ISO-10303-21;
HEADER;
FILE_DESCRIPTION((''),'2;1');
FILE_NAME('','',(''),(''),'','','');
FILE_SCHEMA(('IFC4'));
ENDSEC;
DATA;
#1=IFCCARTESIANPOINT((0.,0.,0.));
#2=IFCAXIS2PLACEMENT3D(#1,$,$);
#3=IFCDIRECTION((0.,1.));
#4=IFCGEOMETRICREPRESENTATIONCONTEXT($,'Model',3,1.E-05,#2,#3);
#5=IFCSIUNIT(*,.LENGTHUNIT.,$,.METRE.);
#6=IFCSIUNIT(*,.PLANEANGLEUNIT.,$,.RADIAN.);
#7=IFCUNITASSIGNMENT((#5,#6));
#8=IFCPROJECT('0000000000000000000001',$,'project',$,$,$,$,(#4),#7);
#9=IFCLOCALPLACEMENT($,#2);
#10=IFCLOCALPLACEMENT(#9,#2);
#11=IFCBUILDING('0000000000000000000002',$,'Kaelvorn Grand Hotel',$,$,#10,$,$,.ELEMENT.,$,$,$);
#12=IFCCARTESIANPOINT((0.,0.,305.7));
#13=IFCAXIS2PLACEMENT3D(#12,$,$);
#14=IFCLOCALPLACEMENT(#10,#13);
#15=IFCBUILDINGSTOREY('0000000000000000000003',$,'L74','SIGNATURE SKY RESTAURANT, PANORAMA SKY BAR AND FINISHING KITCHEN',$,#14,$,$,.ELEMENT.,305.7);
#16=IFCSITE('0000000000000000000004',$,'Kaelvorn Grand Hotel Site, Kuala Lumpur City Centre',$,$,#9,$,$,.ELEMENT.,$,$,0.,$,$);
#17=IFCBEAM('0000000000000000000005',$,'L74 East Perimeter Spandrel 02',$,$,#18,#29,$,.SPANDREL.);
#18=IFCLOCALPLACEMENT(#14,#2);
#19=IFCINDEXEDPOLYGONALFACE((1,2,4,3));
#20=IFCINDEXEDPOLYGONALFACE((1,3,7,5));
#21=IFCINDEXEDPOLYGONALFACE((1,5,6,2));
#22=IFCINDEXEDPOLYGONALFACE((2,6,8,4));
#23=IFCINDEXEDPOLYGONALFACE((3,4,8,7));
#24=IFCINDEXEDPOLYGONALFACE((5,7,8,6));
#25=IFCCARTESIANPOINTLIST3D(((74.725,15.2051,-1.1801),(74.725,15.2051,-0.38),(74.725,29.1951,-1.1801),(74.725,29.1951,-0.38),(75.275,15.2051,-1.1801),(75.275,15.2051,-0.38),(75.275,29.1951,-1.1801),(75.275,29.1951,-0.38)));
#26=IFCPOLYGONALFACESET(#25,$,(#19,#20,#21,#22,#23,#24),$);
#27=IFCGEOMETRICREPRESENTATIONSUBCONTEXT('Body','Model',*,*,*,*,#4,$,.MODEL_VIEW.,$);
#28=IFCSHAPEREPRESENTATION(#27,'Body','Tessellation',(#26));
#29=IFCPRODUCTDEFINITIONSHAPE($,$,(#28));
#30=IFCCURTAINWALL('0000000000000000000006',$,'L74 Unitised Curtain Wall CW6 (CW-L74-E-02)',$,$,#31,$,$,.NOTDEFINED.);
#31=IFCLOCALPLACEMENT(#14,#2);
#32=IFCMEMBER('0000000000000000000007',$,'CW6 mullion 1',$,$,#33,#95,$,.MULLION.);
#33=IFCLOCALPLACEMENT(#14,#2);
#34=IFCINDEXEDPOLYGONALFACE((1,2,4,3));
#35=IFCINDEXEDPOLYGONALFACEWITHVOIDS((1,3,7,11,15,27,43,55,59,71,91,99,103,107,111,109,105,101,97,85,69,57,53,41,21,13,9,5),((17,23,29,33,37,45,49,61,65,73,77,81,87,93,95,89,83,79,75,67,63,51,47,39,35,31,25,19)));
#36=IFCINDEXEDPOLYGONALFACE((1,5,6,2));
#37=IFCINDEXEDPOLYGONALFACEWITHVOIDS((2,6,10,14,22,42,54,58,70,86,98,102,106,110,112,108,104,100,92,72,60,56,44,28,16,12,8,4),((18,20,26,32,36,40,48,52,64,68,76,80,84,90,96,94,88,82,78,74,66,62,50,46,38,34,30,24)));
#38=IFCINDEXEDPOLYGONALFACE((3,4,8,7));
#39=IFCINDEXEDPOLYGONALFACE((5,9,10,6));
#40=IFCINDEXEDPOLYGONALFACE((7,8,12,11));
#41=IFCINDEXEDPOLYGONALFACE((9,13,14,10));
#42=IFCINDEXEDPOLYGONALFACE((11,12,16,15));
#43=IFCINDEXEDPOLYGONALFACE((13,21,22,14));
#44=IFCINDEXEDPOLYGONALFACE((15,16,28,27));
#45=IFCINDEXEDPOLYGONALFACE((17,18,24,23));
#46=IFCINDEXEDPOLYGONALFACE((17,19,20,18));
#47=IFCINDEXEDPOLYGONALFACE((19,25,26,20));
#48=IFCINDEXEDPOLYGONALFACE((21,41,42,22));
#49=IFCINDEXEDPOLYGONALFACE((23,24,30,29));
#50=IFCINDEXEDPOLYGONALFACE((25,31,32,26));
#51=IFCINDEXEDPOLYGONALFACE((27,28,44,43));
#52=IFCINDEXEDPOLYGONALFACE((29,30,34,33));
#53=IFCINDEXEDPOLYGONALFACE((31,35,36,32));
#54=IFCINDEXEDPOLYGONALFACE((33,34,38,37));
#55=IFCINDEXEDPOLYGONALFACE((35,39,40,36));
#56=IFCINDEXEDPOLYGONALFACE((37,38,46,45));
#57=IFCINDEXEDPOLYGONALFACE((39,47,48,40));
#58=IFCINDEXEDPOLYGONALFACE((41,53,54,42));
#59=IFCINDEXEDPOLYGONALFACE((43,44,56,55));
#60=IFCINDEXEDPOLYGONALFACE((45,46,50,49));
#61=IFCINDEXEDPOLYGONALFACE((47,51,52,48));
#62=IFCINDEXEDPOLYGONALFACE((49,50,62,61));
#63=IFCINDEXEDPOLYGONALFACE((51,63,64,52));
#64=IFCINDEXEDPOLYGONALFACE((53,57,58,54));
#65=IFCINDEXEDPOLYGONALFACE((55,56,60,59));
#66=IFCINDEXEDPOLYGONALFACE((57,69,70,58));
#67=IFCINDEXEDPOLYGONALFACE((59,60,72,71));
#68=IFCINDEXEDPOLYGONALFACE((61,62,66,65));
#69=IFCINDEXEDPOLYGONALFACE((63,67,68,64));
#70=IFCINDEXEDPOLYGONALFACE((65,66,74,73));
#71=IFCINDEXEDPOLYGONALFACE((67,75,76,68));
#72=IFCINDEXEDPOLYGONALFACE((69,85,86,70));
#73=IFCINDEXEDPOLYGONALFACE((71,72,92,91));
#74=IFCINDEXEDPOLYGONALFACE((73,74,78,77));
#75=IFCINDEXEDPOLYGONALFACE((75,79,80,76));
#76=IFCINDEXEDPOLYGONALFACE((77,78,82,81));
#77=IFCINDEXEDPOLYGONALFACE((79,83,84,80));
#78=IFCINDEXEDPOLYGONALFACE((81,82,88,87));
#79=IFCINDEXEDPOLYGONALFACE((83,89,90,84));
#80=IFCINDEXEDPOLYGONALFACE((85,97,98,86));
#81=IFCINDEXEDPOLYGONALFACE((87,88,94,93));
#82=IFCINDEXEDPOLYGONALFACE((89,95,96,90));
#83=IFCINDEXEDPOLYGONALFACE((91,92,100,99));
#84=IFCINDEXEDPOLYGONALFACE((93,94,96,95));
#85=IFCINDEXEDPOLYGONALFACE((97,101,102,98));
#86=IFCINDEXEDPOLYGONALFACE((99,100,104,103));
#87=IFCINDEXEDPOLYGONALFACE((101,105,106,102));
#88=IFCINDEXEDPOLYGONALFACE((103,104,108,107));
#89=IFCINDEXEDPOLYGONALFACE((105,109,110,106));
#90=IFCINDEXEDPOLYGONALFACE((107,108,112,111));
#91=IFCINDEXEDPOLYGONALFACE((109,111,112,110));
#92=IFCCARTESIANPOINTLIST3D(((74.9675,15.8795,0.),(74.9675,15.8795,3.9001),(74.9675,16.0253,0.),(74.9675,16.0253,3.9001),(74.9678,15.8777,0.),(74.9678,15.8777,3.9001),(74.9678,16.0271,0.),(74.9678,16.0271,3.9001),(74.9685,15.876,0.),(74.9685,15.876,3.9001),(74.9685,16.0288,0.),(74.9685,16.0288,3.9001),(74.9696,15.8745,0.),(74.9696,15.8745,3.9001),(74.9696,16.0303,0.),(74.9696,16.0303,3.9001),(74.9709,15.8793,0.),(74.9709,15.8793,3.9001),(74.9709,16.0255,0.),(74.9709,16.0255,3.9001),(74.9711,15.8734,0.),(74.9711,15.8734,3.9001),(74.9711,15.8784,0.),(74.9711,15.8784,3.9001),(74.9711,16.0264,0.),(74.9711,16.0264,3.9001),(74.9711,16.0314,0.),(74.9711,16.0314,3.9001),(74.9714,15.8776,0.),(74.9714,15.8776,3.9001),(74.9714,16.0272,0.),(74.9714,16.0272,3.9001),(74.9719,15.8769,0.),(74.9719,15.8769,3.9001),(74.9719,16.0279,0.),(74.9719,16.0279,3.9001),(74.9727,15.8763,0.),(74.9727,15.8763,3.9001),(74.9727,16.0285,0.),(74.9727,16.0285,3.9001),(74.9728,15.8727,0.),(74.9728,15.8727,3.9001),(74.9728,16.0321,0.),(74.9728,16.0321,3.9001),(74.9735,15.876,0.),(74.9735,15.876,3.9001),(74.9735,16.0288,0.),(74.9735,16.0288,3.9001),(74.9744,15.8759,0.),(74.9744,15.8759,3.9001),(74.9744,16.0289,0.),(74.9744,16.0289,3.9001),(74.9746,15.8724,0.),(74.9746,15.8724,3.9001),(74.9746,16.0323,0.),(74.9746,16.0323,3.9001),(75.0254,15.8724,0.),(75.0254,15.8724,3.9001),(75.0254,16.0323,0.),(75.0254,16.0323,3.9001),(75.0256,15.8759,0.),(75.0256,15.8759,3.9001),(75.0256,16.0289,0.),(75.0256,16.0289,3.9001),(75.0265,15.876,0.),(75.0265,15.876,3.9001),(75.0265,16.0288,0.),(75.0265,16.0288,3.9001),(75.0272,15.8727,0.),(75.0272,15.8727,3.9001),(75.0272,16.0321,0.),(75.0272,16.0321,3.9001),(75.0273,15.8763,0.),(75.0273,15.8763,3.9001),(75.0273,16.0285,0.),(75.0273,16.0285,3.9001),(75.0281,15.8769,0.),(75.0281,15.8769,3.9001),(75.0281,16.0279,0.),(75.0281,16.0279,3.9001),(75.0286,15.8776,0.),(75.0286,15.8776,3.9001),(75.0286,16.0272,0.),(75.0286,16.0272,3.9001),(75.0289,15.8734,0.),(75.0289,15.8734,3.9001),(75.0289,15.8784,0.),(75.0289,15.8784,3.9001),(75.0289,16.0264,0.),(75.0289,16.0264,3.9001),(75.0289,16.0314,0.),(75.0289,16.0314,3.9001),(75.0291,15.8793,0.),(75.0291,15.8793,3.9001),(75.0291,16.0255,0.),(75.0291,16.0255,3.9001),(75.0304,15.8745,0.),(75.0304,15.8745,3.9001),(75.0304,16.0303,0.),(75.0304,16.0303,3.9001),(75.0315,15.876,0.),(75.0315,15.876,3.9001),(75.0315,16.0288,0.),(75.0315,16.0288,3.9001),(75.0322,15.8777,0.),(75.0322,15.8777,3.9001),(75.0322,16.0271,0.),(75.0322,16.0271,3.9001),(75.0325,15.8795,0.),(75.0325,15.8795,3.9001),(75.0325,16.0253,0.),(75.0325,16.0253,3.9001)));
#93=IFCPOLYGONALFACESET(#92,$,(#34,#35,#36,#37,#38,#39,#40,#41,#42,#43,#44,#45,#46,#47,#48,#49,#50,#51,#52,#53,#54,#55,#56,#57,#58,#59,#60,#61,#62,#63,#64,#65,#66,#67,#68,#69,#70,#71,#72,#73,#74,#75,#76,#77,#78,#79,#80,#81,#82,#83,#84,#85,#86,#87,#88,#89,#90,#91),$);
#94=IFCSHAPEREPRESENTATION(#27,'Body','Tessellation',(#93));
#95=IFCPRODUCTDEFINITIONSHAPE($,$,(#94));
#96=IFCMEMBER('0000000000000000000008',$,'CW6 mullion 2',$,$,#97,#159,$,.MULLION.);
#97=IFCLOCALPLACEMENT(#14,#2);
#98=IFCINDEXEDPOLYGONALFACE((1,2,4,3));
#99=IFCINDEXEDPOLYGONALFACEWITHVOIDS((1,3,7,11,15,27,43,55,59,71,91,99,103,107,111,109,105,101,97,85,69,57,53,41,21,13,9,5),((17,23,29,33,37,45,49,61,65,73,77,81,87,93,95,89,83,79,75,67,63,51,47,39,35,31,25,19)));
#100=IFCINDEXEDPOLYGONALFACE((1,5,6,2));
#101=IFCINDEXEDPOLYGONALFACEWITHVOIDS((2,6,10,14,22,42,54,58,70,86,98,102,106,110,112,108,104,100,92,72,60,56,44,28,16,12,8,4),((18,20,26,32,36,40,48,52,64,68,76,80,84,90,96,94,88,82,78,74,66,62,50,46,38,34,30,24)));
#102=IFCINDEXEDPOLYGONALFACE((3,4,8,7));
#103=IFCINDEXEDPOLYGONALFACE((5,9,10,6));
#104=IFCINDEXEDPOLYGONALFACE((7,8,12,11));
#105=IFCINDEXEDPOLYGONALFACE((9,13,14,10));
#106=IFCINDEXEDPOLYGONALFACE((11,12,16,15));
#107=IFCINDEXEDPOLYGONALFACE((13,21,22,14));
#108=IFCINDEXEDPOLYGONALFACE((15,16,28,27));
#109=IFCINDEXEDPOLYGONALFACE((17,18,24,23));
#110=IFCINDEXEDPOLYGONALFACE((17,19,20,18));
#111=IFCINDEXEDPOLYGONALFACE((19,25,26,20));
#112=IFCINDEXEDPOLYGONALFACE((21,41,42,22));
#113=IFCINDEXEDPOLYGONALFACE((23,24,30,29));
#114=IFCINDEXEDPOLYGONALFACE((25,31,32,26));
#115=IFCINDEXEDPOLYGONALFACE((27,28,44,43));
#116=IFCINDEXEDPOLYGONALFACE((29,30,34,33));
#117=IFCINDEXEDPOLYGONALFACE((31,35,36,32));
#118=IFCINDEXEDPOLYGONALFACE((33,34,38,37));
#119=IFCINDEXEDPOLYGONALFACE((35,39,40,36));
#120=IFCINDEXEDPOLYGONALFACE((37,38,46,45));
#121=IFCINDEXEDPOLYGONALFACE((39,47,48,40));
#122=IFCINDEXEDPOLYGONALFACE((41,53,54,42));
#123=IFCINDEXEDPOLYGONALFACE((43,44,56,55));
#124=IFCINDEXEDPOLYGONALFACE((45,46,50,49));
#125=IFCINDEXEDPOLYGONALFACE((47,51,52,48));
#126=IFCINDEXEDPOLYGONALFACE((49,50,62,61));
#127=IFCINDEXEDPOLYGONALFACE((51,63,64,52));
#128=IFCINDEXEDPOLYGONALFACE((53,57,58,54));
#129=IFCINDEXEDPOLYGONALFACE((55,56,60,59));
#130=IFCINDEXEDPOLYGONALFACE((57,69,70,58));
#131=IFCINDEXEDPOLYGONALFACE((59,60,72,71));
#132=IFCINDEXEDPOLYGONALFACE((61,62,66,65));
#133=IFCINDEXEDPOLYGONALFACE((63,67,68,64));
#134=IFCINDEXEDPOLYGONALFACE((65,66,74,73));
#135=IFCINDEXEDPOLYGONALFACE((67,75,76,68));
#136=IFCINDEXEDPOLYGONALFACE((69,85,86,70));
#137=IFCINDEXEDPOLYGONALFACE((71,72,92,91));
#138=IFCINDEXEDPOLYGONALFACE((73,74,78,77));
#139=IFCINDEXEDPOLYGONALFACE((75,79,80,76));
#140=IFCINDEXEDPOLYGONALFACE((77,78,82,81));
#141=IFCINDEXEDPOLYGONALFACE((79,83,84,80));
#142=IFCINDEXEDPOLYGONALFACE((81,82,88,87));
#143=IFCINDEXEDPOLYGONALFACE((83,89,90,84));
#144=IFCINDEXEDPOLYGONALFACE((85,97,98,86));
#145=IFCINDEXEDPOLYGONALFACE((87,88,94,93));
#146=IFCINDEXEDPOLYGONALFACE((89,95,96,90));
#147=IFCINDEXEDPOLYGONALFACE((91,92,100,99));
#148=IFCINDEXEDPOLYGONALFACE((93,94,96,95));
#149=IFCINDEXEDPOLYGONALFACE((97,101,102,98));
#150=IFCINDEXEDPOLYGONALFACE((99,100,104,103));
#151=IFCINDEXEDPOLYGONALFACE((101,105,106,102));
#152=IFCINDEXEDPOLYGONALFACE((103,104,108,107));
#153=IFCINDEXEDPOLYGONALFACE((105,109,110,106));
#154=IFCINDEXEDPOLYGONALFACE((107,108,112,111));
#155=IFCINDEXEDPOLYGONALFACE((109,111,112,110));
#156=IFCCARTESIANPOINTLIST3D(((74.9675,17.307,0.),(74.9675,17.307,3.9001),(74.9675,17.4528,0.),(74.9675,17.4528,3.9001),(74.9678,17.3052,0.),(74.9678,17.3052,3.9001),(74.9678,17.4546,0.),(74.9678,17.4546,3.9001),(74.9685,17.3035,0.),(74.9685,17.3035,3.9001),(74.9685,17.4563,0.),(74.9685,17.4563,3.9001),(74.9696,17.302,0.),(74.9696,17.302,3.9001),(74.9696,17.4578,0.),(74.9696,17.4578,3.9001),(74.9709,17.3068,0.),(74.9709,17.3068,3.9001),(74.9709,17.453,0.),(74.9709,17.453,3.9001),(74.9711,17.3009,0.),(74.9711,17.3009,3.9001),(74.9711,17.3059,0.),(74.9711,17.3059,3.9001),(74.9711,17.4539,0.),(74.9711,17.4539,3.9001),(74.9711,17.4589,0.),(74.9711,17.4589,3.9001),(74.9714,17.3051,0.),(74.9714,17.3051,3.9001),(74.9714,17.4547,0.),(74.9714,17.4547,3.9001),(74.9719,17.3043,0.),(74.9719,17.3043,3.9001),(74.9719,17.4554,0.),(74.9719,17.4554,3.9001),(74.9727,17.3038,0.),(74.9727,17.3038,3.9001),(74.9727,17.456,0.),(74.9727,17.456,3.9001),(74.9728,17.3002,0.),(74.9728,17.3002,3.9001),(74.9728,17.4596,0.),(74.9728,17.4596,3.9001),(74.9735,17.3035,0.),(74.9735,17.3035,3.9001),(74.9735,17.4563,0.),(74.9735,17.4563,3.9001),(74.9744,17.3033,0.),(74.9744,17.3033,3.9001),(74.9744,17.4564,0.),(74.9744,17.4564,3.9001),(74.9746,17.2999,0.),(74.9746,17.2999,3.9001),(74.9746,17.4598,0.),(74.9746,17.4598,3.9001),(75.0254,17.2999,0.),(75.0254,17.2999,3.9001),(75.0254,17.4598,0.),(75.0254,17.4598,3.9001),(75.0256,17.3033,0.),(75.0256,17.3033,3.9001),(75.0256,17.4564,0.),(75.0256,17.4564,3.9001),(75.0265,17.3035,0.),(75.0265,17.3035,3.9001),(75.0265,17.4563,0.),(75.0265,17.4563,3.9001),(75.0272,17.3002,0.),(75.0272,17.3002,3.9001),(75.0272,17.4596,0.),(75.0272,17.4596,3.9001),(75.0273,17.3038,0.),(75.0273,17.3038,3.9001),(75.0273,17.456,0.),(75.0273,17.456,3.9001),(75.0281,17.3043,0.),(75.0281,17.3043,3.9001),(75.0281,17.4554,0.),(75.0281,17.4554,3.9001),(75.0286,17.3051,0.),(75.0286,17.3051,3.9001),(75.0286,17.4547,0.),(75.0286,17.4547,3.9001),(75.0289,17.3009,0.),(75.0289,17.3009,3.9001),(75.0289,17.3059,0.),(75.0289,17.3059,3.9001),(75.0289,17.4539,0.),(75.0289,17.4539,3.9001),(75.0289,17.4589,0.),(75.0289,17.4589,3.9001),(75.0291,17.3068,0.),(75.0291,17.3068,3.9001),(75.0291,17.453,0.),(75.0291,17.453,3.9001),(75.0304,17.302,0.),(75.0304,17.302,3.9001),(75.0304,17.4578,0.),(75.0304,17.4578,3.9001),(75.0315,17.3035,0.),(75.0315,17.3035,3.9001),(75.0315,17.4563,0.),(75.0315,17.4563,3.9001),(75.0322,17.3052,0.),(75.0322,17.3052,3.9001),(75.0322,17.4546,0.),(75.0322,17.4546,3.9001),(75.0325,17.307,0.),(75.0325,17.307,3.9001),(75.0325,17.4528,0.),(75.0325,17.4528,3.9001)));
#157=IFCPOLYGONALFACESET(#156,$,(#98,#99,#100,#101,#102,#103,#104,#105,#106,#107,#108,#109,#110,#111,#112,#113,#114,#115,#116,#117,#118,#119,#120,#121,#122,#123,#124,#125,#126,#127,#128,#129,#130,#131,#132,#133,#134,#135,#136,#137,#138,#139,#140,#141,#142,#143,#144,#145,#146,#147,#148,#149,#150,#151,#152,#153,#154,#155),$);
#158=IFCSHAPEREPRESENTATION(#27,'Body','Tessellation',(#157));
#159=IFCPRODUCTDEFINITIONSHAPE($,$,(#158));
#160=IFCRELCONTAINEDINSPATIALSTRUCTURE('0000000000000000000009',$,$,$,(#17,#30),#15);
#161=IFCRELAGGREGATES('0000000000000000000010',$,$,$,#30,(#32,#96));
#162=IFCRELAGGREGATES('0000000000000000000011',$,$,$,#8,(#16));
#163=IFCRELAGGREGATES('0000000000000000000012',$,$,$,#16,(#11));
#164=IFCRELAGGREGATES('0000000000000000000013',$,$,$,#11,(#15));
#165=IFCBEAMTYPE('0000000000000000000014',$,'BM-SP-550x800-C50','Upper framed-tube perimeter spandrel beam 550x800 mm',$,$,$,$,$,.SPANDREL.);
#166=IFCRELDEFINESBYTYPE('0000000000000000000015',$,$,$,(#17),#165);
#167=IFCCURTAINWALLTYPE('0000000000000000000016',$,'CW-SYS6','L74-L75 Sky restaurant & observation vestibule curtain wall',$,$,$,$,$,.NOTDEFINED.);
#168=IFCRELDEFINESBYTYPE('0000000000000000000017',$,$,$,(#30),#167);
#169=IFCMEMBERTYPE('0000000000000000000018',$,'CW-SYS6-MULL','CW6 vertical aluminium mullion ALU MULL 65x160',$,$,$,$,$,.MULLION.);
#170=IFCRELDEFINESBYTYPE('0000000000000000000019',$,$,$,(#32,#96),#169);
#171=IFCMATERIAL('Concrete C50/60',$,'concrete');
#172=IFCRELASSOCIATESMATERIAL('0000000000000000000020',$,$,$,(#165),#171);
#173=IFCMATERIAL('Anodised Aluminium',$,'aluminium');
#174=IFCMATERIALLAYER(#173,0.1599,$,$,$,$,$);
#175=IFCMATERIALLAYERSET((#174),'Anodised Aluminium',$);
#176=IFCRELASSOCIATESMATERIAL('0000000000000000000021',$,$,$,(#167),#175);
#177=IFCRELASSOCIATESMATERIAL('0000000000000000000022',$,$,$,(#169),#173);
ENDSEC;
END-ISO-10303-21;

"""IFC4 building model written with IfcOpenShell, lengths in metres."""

from ifc_helpers import new_model, si_unit, direction, frame, origin, origin_2d, place, context, subcontext, project, spatial, rectangle, hollow_rectangle, extrude, material, layer, layer_set, material_profile, profile_set, type_object, element, aggregate, save


model = new_model("IFC4")

# Units and contexts
model_context = context("Model", 3, precision=1e-05, world=origin(), true_north=direction((0.0, 1.0)))
body_context = subcontext(model_context, "Body", "Model", "MODEL_VIEW")
ifc_project = project(units=[si_unit("LENGTHUNIT", "METRE"), si_unit("PLANEANGLEUNIT", "RADIAN")], contexts=[model_context])

# Site, building, storey
site_placement = place(None, origin())
site = spatial("IfcSite", under=ifc_project, at=site_placement, Name="Kaelvorn Grand Hotel Site, Kuala Lumpur City Centre", CompositionType="ELEMENT", RefElevation=0.0)
building_placement = place(site_placement, origin())
building = spatial("IfcBuilding", under=site, at=building_placement, Name="Kaelvorn Grand Hotel", CompositionType="ELEMENT")
storey_placement = place(building_placement, frame((0.0, 0.0, 305.7)))
storey = spatial("IfcBuildingStorey", under=building, at=storey_placement, Name="L74", Description="SIGNATURE SKY RESTAURANT, PANORAMA SKY BAR AND FINISHING KITCHEN", CompositionType="ELEMENT", Elevation=305.7)

# Beam
ifc_material_1 = material(Name="Concrete C50/60", Category="concrete")
ifc_material_profile_1 = material_profile(ifc_material_1, rectangle(XDim=0.55, YDim=0.8, at=origin_2d()), Name="RC SPANDREL 550x800")
ifc_profile_set_1 = profile_set([ifc_material_profile_1], Name="Concrete C50/60")
beam_type = type_object("IfcBeamType", Name="BM-SP-550x800-C50", Description="Upper framed-tube perimeter spandrel beam 550x800 mm", PredefinedType="SPANDREL", material=ifc_profile_set_1)
beam_placement = place(storey_placement, frame((75.0, 15.2051, -0.78), z_axis=(0.0, 1.0, 0.0), x_axis=(-1.0, 0.0, 0.0)))
element("IfcBeam", 1, at=beam_placement, inside=storey, type_object=beam_type, Name="L74 East Perimeter Spandrel 02", PredefinedType="SPANDREL", context=body_context, shape_type="SweptSolid", body=[
    extrude(rectangle(XDim=0.55, YDim=0.8, at=origin_2d()), origin(), (0.0, 0.0, 1.0), 13.99),
])

# Curtain wall, members
ifc_material_2 = material(Name="Anodised Aluminium", Category="aluminium")
ifc_layer_1 = layer(ifc_material_2, 0.1599)
ifc_layer_set_1 = layer_set([ifc_layer_1], Name="Anodised Aluminium")
curtain_wall_type = type_object("IfcCurtainWallType", Name="CW-SYS6", Description="L74-L75 Sky restaurant & observation vestibule curtain wall", PredefinedType="NOTDEFINED", material=ifc_layer_set_1)
curtain_wall_placement = place(storey_placement, origin())
curtain_wall = element("IfcCurtainWall", 2, at=curtain_wall_placement, inside=storey, type_object=curtain_wall_type, Name="L74 Unitised Curtain Wall CW6 (CW-L74-E-02)", PredefinedType="NOTDEFINED")
ifc_material_profile_2 = material_profile(ifc_material_2, hollow_rectangle(XDim=0.0649, YDim=0.1599, WallThickness=0.0034, InnerFilletRadius=0.0034, OuterFilletRadius=0.0071, at=origin_2d()), Name="ALU MULL 65x160")
ifc_profile_set_2 = profile_set([ifc_material_profile_2], Name="Anodised Aluminium")
member_type_1 = type_object("IfcMemberType", Name="CW-SYS6-MULL", Description="CW6 vertical aluminium mullion ALU MULL 65x160", PredefinedType="MULLION", material=ifc_profile_set_2)
member_1_placement = place(storey_placement, frame((75.0, 15.9524, 0.0), z_axis=(0.0, 0.0, 1.0), x_axis=(-1.0, 0.0, 0.0)))
member_1 = element("IfcMember", 3, at=member_1_placement, type_object=member_type_1, Name="CW6 mullion 1", PredefinedType="MULLION", context=body_context, shape_type="SweptSolid", body=[
    extrude(hollow_rectangle(XDim=0.0649, YDim=0.1599, WallThickness=0.0034, InnerFilletRadius=0.0034, OuterFilletRadius=0.0071, at=origin_2d()), origin(), (0.0, 0.0, 1.0), 3.9001),
])
member_2_placement = place(storey_placement, frame((75.0, 17.3799, 0.0), z_axis=(0.0, 0.0, 1.0), x_axis=(-1.0, 0.0, 0.0)))
member_2 = element("IfcMember", 4, at=member_2_placement, type_object=member_type_1, Name="CW6 mullion 2", PredefinedType="MULLION", context=body_context, shape_type="SweptSolid", body=[
    extrude(hollow_rectangle(XDim=0.0649, YDim=0.1599, WallThickness=0.0034, InnerFilletRadius=0.0034, OuterFilletRadius=0.0071, at=origin_2d()), origin(), (0.0, 0.0, 1.0), 3.9001),
])
aggregate(curtain_wall, [member_1, member_2])

save(model, "model.ifc")
